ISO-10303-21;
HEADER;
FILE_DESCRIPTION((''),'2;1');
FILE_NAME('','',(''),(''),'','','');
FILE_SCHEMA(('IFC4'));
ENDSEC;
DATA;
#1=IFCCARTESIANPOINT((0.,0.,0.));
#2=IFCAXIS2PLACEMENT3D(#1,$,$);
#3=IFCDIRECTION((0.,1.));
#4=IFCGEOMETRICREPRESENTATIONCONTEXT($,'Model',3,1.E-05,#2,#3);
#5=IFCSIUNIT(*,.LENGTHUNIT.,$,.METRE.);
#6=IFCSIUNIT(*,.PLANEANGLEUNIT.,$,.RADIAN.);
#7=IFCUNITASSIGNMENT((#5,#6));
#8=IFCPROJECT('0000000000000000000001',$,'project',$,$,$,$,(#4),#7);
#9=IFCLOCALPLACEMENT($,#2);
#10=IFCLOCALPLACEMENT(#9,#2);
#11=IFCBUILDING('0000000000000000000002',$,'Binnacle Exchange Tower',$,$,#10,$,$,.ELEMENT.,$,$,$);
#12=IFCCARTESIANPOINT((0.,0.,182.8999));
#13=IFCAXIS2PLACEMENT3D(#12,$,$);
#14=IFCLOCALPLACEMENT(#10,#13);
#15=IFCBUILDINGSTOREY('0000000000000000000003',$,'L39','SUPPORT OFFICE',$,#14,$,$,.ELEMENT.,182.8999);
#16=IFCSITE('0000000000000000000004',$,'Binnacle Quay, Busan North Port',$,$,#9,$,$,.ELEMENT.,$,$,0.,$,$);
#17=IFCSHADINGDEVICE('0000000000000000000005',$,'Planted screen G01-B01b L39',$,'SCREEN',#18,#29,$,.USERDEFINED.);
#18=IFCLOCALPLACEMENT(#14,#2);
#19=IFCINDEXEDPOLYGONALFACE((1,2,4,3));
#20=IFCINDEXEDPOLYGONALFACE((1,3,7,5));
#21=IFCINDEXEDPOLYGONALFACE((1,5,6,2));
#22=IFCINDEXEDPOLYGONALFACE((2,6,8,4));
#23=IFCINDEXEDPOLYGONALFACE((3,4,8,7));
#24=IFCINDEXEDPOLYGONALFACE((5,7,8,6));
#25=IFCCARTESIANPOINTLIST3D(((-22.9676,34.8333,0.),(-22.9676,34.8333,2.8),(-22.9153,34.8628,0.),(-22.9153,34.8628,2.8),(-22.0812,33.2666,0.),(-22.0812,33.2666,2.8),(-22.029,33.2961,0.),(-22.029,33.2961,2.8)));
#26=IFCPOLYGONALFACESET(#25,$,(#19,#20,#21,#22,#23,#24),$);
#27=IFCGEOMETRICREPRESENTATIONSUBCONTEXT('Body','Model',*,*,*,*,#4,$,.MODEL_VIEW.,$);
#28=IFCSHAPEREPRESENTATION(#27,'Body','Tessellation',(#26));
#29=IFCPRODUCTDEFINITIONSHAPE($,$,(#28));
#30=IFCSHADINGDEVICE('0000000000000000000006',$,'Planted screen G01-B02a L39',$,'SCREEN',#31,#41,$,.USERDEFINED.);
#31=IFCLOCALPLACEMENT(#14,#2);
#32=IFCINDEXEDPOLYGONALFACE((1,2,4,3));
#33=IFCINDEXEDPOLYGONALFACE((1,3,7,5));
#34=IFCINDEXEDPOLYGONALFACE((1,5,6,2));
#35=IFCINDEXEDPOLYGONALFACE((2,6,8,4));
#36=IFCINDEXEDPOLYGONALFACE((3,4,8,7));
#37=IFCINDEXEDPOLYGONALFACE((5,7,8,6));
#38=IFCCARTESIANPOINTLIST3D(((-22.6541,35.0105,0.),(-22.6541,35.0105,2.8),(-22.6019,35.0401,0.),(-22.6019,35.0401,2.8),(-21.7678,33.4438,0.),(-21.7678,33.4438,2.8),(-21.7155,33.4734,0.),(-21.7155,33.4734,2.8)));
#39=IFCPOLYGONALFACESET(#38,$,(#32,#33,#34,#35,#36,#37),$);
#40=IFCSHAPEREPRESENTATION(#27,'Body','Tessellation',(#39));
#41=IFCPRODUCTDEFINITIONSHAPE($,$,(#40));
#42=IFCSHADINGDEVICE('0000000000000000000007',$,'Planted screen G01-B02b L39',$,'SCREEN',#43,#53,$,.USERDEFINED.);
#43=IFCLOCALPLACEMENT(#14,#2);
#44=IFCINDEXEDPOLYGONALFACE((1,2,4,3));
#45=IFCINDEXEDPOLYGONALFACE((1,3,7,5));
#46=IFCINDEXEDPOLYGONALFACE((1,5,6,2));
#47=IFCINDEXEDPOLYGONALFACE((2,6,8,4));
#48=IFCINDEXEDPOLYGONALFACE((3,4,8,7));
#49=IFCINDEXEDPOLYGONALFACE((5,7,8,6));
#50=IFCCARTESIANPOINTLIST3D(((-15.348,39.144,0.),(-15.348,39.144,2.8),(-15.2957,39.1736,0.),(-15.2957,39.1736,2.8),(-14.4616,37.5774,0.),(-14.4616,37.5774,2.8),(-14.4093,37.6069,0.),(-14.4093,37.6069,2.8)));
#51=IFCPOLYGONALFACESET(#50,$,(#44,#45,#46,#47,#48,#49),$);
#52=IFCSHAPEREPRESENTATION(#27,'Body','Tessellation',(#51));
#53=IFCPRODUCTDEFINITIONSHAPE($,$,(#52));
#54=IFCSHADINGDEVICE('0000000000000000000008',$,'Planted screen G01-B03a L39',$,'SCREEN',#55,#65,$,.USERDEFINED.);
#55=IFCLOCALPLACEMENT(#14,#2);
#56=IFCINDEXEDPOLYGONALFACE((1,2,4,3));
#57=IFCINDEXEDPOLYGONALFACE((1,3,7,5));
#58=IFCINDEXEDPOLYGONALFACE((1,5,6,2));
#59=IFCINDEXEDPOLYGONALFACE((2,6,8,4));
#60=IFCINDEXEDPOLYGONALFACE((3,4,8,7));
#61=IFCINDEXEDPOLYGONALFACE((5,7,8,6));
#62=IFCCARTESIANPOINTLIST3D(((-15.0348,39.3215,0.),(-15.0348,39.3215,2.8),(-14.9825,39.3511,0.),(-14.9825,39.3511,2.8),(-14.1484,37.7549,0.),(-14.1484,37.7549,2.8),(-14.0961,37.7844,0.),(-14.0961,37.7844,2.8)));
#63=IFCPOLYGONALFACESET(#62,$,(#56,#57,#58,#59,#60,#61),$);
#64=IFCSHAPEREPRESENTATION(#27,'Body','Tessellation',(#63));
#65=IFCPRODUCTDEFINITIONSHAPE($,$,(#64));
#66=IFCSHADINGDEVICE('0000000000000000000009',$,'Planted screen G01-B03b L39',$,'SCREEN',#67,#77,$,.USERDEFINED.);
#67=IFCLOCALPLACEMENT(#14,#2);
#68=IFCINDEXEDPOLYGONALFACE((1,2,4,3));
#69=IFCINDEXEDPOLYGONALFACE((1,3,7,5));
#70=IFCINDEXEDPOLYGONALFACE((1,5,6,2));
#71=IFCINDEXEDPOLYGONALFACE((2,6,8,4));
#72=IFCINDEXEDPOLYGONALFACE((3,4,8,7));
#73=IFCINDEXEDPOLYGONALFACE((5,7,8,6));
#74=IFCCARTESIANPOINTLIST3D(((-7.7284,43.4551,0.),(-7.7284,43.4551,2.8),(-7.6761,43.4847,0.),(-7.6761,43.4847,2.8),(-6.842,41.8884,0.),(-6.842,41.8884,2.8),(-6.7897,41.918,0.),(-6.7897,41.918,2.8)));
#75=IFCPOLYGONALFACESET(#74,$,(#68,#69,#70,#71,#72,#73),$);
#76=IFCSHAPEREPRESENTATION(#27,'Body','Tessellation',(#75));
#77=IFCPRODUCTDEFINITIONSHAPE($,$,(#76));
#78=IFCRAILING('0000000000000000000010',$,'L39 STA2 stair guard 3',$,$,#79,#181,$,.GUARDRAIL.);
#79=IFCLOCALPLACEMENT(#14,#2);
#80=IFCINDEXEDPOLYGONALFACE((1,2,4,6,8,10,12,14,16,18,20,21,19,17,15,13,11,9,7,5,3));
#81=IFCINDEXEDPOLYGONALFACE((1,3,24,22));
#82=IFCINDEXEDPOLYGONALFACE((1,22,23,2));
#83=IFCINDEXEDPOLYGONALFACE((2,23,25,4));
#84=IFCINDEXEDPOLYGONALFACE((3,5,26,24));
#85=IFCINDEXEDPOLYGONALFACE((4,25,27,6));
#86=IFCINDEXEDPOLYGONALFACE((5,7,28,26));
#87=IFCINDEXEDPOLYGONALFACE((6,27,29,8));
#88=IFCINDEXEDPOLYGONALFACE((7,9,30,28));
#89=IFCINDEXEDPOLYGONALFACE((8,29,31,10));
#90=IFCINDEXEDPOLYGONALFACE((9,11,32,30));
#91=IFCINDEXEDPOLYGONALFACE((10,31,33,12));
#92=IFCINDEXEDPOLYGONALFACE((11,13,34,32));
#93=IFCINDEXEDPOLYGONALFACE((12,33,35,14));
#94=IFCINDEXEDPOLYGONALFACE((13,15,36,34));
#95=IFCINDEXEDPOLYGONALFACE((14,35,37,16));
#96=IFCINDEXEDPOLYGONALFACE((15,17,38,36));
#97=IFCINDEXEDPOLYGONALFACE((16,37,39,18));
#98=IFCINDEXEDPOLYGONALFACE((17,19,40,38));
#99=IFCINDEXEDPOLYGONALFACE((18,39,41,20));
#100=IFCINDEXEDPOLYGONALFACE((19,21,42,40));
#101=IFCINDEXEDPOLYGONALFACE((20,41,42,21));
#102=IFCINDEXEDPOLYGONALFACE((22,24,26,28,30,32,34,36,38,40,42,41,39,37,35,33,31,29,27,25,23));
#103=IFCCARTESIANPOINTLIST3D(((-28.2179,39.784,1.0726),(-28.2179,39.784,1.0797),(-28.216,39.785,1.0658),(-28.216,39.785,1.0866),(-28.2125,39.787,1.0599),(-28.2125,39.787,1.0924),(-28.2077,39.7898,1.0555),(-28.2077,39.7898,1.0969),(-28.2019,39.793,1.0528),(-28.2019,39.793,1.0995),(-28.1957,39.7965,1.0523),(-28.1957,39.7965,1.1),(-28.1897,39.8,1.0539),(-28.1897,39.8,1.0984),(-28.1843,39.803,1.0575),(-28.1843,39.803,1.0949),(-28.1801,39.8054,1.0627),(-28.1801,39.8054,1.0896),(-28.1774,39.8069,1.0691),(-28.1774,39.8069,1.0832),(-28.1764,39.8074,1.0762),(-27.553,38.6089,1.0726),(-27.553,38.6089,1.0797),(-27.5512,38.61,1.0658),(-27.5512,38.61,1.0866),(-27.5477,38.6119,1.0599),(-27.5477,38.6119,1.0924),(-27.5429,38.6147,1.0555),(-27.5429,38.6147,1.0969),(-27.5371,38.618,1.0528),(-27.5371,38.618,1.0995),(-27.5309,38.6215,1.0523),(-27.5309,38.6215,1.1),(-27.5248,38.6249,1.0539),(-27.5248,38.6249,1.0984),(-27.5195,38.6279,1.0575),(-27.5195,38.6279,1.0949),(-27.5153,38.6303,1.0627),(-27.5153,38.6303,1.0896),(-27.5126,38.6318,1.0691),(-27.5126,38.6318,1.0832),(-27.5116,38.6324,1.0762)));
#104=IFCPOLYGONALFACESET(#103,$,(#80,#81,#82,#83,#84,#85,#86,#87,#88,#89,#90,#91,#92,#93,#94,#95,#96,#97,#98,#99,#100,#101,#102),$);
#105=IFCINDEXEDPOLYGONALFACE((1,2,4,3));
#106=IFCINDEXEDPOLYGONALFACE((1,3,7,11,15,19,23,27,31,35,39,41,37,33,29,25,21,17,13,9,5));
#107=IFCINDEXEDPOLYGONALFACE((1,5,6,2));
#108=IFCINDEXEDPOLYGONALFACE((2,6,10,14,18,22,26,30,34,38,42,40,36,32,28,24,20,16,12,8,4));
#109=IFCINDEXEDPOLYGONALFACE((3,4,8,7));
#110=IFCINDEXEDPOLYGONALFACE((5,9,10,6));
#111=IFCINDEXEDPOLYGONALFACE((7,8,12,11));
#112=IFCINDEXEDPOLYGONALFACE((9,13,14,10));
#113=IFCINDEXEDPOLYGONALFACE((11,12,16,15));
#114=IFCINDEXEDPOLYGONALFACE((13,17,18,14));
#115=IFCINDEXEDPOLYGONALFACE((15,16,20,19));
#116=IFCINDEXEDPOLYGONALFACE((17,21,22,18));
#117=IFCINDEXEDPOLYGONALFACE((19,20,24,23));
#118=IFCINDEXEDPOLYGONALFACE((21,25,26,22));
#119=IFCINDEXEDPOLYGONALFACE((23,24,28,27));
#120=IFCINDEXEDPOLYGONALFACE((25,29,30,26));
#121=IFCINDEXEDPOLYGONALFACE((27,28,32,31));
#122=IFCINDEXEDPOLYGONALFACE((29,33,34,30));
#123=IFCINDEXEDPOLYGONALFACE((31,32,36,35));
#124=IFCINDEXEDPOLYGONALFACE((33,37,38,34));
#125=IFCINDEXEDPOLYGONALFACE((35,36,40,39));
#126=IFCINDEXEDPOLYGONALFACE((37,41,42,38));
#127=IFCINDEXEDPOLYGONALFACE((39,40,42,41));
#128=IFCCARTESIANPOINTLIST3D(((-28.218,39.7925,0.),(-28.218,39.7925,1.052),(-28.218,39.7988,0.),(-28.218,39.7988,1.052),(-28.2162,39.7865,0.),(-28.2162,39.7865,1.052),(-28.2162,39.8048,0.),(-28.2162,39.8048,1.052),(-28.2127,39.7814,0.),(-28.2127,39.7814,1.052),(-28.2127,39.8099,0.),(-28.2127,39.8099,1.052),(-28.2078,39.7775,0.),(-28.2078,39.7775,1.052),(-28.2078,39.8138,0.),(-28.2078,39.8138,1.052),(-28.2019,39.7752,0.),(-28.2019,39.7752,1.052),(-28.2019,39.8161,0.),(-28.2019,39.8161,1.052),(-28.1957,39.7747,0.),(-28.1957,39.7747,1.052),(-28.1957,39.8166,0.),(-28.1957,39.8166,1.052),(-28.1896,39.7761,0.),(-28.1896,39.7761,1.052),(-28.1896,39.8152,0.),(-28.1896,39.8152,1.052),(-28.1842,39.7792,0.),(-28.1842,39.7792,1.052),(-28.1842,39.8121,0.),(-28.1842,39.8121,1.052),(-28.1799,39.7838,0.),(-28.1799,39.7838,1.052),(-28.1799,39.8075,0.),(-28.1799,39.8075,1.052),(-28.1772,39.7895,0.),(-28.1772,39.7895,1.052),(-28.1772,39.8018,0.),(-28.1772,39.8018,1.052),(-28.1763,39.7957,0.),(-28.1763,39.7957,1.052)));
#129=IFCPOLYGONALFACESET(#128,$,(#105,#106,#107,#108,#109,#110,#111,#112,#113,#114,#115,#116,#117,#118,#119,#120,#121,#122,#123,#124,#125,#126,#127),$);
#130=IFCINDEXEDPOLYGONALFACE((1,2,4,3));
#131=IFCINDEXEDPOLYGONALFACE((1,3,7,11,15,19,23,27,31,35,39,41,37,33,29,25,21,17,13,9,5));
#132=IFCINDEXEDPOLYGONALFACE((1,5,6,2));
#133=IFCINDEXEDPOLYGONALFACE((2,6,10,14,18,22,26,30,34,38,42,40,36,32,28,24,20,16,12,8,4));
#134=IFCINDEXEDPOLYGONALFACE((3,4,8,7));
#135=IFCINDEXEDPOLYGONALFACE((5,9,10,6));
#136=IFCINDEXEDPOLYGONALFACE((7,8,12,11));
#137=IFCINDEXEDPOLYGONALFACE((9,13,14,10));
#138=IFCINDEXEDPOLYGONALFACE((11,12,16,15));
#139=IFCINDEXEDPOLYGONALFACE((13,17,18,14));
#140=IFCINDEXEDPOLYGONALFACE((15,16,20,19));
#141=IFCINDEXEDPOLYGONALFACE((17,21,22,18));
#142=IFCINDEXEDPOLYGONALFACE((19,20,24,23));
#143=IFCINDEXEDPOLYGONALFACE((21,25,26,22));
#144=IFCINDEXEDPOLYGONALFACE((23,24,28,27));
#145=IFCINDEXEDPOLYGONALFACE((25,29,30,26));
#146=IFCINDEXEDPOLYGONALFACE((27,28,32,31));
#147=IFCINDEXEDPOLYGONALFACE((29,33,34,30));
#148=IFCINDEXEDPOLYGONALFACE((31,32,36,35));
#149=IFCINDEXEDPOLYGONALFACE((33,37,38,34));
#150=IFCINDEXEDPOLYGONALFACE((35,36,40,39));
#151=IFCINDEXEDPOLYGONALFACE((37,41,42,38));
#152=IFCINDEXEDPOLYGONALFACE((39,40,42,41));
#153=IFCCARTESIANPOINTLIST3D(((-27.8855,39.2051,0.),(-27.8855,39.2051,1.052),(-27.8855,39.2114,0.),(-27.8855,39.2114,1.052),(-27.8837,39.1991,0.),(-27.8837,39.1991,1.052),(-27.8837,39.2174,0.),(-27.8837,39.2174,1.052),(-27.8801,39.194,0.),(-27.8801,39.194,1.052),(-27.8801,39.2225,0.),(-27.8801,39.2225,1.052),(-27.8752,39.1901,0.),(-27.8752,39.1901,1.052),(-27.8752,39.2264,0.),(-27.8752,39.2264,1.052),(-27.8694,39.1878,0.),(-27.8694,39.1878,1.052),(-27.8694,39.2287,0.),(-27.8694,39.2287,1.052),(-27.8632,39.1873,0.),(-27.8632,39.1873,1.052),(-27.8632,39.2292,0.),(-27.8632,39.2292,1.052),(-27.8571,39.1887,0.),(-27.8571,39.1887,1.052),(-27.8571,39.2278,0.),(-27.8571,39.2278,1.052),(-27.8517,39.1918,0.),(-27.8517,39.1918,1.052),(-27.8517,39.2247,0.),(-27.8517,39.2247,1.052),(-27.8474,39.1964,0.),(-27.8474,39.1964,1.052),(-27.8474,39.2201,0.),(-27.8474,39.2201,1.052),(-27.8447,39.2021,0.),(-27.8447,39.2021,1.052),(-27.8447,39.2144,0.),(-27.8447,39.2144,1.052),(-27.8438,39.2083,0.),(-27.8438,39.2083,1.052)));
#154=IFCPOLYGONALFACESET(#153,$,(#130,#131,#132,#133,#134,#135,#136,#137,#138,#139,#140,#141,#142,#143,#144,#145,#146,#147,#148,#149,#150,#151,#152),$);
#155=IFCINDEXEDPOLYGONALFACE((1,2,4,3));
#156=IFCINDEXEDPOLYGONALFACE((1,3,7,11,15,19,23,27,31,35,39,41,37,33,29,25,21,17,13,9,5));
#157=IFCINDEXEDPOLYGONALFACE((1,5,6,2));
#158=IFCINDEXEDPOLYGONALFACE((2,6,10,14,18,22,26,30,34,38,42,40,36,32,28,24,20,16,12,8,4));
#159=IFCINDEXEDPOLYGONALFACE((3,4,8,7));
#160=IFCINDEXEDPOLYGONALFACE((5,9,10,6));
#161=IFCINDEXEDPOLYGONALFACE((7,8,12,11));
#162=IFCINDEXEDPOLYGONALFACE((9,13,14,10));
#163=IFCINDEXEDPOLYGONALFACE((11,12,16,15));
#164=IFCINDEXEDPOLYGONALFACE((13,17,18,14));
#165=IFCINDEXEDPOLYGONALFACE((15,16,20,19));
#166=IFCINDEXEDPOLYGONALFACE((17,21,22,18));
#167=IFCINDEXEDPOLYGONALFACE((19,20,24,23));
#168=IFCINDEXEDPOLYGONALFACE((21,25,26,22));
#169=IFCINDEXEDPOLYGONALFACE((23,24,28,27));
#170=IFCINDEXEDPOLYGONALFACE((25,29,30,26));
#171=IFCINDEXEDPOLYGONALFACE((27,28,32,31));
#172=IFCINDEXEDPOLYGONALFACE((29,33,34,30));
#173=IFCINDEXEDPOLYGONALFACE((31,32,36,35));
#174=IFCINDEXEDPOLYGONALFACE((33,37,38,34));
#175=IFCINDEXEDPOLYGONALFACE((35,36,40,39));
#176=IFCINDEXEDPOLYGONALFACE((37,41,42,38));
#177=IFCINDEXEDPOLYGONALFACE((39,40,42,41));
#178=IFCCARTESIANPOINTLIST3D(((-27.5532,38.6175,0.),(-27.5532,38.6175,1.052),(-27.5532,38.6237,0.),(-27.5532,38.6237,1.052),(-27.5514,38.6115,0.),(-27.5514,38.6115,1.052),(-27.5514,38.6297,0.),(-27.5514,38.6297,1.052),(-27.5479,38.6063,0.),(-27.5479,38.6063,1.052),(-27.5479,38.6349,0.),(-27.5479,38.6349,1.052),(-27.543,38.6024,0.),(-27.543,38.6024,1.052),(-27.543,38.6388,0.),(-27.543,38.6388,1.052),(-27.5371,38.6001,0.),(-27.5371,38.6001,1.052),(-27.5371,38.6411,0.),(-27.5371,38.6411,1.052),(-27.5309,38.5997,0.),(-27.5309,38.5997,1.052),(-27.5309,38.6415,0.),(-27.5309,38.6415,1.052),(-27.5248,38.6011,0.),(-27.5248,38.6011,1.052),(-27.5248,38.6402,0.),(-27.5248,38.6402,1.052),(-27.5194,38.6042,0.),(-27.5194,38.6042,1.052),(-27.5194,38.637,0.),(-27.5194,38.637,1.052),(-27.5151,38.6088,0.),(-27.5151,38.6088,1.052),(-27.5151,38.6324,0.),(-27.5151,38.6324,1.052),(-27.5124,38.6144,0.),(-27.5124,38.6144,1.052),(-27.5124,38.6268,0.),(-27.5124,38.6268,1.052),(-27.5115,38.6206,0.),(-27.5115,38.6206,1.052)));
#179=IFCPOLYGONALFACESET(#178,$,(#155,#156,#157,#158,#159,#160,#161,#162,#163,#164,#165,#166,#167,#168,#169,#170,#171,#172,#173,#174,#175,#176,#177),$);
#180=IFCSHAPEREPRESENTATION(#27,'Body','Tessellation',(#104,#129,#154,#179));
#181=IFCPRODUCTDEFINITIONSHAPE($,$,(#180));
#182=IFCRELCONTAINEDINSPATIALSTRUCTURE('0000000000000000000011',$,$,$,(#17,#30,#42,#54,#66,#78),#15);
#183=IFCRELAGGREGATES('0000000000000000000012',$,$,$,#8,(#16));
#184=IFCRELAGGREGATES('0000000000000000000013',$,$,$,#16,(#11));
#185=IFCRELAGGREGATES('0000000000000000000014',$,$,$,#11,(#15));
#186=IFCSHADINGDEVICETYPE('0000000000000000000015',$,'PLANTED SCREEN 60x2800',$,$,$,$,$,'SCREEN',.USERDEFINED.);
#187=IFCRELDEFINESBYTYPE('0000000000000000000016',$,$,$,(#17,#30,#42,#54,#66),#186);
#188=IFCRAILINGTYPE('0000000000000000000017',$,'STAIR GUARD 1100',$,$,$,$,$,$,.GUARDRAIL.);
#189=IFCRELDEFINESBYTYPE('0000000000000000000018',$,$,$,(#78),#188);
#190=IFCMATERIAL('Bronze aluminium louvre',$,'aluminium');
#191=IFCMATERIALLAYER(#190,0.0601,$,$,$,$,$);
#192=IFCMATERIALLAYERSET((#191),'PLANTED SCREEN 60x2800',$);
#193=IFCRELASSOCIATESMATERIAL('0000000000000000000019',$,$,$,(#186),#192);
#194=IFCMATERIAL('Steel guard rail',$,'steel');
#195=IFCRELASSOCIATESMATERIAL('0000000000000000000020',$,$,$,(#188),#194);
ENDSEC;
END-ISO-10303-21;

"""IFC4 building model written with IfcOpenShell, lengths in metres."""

from ifc_helpers import new_model, si_unit, direction, frame, origin, origin_2d, place, context, subcontext, project, spatial, rectangle, circle, extrude, material, layer, layer_set, type_object, element, save


model = new_model("IFC4")

# Units and contexts
model_context = context("Model", 3, precision=1e-05, world=origin(), true_north=direction((0.0, 1.0)))
body_context = subcontext(model_context, "Body", "Model", "MODEL_VIEW")
ifc_project = project(units=[si_unit("LENGTHUNIT", "METRE"), si_unit("PLANEANGLEUNIT", "RADIAN")], contexts=[model_context])

# Site, building, storey
site_placement = place(None, origin())
site = spatial("IfcSite", under=ifc_project, at=site_placement, Name="Binnacle Quay, Busan North Port", CompositionType="ELEMENT", RefElevation=0.0)
building_placement = place(site_placement, origin())
building = spatial("IfcBuilding", under=site, at=building_placement, Name="Binnacle Exchange Tower", CompositionType="ELEMENT")
storey_placement = place(building_placement, frame((0.0, 0.0, 182.8999)))
storey = spatial("IfcBuildingStorey", under=building, at=storey_placement, Name="L39", Description="SUPPORT OFFICE", CompositionType="ELEMENT", Elevation=182.8999)

# Shading devices
ifc_material_1 = material(Name="Bronze aluminium louvre", Category="aluminium")
ifc_layer_1 = layer(ifc_material_1, 0.0601)
ifc_layer_set_1 = layer_set([ifc_layer_1], Name="PLANTED SCREEN 60x2800")
shading_device_type = type_object("IfcShadingDeviceType", Name="PLANTED SCREEN 60x2800", ElementType="SCREEN", PredefinedType="USERDEFINED", material=ifc_layer_set_1)
for number, where, z_axis, x_axis, name in (
    (1, (-22.4983, 34.0647, 0.0), (0.0, 0.0, 1.0), (0.870356, 0.492424, 0.0), "Planted screen G01-B01b L39"),
    (2, (-22.1848, 34.2419, 0.0), (0.0, 0.0, 1.0), (0.870356, 0.492424, 0.0), "Planted screen G01-B02a L39"),
    (3, (-14.8787, 38.3755, 0.0), (0.0, 0.0, 1.0), (0.870356, 0.492424, 0.0), "Planted screen G01-B02b L39"),
    (4, (-14.5654, 38.553, 0.0), (0.0, 0.0, 1.0), (0.870356, 0.492424, 0.0), "Planted screen G01-B03a L39"),
    (5, (-7.259, 42.6865, 0.0), (0.0, 0.0, 1.0), (0.870356, 0.492424, 0.0), "Planted screen G01-B03b L39"),
):
    element("IfcShadingDevice", number, at=place(storey_placement, frame(where, z_axis=z_axis, x_axis=x_axis)), inside=storey, type_object=shading_device_type, Name=name, ObjectType="SCREEN", PredefinedType="USERDEFINED", context=body_context, shape_type="SweptSolid", body=[
        extrude(rectangle(XDim=0.0601, YDim=1.8, at=origin_2d()), origin(), (0.0, 0.0, 1.0), 2.8),
    ])

# Railing
ifc_material_2 = material(Name="Steel guard rail", Category="steel")
railing_type_1 = type_object("IfcRailingType", Name="STAIR GUARD 1100", PredefinedType="GUARDRAIL", material=ifc_material_2)
railing_1_placement = place(storey_placement, frame((-28.1973, 39.7957, 0.0)))
element("IfcRailing", 6, at=railing_1_placement, inside=storey, type_object=railing_type_1, Name="L39 STA2 stair guard 3", PredefinedType="GUARDRAIL", context=body_context, shape_type="SweptSolid", body=[
    extrude(circle(Radius=0.0239, at=origin_2d()), frame((0.0, 0.0, 1.0762), z_axis=(0.492415, -0.870361, 0.0), x_axis=(0.870361, 0.492415, 0.0)), (0.0, 0.0, 1.0), 1.3501),
    extrude(circle(Radius=0.021, at=origin_2d()), origin(), (0.0, 0.0, 1.0), 1.052),
    extrude(circle(Radius=0.021, at=origin_2d()), frame((0.3325, -0.5874, 0.0)), (0.0, 0.0, 1.0), 1.052),
    extrude(circle(Radius=0.021, at=origin_2d()), frame((0.6648, -1.175, 0.0)), (0.0, 0.0, 1.0), 1.052),
])

save(model, "model.ifc")
